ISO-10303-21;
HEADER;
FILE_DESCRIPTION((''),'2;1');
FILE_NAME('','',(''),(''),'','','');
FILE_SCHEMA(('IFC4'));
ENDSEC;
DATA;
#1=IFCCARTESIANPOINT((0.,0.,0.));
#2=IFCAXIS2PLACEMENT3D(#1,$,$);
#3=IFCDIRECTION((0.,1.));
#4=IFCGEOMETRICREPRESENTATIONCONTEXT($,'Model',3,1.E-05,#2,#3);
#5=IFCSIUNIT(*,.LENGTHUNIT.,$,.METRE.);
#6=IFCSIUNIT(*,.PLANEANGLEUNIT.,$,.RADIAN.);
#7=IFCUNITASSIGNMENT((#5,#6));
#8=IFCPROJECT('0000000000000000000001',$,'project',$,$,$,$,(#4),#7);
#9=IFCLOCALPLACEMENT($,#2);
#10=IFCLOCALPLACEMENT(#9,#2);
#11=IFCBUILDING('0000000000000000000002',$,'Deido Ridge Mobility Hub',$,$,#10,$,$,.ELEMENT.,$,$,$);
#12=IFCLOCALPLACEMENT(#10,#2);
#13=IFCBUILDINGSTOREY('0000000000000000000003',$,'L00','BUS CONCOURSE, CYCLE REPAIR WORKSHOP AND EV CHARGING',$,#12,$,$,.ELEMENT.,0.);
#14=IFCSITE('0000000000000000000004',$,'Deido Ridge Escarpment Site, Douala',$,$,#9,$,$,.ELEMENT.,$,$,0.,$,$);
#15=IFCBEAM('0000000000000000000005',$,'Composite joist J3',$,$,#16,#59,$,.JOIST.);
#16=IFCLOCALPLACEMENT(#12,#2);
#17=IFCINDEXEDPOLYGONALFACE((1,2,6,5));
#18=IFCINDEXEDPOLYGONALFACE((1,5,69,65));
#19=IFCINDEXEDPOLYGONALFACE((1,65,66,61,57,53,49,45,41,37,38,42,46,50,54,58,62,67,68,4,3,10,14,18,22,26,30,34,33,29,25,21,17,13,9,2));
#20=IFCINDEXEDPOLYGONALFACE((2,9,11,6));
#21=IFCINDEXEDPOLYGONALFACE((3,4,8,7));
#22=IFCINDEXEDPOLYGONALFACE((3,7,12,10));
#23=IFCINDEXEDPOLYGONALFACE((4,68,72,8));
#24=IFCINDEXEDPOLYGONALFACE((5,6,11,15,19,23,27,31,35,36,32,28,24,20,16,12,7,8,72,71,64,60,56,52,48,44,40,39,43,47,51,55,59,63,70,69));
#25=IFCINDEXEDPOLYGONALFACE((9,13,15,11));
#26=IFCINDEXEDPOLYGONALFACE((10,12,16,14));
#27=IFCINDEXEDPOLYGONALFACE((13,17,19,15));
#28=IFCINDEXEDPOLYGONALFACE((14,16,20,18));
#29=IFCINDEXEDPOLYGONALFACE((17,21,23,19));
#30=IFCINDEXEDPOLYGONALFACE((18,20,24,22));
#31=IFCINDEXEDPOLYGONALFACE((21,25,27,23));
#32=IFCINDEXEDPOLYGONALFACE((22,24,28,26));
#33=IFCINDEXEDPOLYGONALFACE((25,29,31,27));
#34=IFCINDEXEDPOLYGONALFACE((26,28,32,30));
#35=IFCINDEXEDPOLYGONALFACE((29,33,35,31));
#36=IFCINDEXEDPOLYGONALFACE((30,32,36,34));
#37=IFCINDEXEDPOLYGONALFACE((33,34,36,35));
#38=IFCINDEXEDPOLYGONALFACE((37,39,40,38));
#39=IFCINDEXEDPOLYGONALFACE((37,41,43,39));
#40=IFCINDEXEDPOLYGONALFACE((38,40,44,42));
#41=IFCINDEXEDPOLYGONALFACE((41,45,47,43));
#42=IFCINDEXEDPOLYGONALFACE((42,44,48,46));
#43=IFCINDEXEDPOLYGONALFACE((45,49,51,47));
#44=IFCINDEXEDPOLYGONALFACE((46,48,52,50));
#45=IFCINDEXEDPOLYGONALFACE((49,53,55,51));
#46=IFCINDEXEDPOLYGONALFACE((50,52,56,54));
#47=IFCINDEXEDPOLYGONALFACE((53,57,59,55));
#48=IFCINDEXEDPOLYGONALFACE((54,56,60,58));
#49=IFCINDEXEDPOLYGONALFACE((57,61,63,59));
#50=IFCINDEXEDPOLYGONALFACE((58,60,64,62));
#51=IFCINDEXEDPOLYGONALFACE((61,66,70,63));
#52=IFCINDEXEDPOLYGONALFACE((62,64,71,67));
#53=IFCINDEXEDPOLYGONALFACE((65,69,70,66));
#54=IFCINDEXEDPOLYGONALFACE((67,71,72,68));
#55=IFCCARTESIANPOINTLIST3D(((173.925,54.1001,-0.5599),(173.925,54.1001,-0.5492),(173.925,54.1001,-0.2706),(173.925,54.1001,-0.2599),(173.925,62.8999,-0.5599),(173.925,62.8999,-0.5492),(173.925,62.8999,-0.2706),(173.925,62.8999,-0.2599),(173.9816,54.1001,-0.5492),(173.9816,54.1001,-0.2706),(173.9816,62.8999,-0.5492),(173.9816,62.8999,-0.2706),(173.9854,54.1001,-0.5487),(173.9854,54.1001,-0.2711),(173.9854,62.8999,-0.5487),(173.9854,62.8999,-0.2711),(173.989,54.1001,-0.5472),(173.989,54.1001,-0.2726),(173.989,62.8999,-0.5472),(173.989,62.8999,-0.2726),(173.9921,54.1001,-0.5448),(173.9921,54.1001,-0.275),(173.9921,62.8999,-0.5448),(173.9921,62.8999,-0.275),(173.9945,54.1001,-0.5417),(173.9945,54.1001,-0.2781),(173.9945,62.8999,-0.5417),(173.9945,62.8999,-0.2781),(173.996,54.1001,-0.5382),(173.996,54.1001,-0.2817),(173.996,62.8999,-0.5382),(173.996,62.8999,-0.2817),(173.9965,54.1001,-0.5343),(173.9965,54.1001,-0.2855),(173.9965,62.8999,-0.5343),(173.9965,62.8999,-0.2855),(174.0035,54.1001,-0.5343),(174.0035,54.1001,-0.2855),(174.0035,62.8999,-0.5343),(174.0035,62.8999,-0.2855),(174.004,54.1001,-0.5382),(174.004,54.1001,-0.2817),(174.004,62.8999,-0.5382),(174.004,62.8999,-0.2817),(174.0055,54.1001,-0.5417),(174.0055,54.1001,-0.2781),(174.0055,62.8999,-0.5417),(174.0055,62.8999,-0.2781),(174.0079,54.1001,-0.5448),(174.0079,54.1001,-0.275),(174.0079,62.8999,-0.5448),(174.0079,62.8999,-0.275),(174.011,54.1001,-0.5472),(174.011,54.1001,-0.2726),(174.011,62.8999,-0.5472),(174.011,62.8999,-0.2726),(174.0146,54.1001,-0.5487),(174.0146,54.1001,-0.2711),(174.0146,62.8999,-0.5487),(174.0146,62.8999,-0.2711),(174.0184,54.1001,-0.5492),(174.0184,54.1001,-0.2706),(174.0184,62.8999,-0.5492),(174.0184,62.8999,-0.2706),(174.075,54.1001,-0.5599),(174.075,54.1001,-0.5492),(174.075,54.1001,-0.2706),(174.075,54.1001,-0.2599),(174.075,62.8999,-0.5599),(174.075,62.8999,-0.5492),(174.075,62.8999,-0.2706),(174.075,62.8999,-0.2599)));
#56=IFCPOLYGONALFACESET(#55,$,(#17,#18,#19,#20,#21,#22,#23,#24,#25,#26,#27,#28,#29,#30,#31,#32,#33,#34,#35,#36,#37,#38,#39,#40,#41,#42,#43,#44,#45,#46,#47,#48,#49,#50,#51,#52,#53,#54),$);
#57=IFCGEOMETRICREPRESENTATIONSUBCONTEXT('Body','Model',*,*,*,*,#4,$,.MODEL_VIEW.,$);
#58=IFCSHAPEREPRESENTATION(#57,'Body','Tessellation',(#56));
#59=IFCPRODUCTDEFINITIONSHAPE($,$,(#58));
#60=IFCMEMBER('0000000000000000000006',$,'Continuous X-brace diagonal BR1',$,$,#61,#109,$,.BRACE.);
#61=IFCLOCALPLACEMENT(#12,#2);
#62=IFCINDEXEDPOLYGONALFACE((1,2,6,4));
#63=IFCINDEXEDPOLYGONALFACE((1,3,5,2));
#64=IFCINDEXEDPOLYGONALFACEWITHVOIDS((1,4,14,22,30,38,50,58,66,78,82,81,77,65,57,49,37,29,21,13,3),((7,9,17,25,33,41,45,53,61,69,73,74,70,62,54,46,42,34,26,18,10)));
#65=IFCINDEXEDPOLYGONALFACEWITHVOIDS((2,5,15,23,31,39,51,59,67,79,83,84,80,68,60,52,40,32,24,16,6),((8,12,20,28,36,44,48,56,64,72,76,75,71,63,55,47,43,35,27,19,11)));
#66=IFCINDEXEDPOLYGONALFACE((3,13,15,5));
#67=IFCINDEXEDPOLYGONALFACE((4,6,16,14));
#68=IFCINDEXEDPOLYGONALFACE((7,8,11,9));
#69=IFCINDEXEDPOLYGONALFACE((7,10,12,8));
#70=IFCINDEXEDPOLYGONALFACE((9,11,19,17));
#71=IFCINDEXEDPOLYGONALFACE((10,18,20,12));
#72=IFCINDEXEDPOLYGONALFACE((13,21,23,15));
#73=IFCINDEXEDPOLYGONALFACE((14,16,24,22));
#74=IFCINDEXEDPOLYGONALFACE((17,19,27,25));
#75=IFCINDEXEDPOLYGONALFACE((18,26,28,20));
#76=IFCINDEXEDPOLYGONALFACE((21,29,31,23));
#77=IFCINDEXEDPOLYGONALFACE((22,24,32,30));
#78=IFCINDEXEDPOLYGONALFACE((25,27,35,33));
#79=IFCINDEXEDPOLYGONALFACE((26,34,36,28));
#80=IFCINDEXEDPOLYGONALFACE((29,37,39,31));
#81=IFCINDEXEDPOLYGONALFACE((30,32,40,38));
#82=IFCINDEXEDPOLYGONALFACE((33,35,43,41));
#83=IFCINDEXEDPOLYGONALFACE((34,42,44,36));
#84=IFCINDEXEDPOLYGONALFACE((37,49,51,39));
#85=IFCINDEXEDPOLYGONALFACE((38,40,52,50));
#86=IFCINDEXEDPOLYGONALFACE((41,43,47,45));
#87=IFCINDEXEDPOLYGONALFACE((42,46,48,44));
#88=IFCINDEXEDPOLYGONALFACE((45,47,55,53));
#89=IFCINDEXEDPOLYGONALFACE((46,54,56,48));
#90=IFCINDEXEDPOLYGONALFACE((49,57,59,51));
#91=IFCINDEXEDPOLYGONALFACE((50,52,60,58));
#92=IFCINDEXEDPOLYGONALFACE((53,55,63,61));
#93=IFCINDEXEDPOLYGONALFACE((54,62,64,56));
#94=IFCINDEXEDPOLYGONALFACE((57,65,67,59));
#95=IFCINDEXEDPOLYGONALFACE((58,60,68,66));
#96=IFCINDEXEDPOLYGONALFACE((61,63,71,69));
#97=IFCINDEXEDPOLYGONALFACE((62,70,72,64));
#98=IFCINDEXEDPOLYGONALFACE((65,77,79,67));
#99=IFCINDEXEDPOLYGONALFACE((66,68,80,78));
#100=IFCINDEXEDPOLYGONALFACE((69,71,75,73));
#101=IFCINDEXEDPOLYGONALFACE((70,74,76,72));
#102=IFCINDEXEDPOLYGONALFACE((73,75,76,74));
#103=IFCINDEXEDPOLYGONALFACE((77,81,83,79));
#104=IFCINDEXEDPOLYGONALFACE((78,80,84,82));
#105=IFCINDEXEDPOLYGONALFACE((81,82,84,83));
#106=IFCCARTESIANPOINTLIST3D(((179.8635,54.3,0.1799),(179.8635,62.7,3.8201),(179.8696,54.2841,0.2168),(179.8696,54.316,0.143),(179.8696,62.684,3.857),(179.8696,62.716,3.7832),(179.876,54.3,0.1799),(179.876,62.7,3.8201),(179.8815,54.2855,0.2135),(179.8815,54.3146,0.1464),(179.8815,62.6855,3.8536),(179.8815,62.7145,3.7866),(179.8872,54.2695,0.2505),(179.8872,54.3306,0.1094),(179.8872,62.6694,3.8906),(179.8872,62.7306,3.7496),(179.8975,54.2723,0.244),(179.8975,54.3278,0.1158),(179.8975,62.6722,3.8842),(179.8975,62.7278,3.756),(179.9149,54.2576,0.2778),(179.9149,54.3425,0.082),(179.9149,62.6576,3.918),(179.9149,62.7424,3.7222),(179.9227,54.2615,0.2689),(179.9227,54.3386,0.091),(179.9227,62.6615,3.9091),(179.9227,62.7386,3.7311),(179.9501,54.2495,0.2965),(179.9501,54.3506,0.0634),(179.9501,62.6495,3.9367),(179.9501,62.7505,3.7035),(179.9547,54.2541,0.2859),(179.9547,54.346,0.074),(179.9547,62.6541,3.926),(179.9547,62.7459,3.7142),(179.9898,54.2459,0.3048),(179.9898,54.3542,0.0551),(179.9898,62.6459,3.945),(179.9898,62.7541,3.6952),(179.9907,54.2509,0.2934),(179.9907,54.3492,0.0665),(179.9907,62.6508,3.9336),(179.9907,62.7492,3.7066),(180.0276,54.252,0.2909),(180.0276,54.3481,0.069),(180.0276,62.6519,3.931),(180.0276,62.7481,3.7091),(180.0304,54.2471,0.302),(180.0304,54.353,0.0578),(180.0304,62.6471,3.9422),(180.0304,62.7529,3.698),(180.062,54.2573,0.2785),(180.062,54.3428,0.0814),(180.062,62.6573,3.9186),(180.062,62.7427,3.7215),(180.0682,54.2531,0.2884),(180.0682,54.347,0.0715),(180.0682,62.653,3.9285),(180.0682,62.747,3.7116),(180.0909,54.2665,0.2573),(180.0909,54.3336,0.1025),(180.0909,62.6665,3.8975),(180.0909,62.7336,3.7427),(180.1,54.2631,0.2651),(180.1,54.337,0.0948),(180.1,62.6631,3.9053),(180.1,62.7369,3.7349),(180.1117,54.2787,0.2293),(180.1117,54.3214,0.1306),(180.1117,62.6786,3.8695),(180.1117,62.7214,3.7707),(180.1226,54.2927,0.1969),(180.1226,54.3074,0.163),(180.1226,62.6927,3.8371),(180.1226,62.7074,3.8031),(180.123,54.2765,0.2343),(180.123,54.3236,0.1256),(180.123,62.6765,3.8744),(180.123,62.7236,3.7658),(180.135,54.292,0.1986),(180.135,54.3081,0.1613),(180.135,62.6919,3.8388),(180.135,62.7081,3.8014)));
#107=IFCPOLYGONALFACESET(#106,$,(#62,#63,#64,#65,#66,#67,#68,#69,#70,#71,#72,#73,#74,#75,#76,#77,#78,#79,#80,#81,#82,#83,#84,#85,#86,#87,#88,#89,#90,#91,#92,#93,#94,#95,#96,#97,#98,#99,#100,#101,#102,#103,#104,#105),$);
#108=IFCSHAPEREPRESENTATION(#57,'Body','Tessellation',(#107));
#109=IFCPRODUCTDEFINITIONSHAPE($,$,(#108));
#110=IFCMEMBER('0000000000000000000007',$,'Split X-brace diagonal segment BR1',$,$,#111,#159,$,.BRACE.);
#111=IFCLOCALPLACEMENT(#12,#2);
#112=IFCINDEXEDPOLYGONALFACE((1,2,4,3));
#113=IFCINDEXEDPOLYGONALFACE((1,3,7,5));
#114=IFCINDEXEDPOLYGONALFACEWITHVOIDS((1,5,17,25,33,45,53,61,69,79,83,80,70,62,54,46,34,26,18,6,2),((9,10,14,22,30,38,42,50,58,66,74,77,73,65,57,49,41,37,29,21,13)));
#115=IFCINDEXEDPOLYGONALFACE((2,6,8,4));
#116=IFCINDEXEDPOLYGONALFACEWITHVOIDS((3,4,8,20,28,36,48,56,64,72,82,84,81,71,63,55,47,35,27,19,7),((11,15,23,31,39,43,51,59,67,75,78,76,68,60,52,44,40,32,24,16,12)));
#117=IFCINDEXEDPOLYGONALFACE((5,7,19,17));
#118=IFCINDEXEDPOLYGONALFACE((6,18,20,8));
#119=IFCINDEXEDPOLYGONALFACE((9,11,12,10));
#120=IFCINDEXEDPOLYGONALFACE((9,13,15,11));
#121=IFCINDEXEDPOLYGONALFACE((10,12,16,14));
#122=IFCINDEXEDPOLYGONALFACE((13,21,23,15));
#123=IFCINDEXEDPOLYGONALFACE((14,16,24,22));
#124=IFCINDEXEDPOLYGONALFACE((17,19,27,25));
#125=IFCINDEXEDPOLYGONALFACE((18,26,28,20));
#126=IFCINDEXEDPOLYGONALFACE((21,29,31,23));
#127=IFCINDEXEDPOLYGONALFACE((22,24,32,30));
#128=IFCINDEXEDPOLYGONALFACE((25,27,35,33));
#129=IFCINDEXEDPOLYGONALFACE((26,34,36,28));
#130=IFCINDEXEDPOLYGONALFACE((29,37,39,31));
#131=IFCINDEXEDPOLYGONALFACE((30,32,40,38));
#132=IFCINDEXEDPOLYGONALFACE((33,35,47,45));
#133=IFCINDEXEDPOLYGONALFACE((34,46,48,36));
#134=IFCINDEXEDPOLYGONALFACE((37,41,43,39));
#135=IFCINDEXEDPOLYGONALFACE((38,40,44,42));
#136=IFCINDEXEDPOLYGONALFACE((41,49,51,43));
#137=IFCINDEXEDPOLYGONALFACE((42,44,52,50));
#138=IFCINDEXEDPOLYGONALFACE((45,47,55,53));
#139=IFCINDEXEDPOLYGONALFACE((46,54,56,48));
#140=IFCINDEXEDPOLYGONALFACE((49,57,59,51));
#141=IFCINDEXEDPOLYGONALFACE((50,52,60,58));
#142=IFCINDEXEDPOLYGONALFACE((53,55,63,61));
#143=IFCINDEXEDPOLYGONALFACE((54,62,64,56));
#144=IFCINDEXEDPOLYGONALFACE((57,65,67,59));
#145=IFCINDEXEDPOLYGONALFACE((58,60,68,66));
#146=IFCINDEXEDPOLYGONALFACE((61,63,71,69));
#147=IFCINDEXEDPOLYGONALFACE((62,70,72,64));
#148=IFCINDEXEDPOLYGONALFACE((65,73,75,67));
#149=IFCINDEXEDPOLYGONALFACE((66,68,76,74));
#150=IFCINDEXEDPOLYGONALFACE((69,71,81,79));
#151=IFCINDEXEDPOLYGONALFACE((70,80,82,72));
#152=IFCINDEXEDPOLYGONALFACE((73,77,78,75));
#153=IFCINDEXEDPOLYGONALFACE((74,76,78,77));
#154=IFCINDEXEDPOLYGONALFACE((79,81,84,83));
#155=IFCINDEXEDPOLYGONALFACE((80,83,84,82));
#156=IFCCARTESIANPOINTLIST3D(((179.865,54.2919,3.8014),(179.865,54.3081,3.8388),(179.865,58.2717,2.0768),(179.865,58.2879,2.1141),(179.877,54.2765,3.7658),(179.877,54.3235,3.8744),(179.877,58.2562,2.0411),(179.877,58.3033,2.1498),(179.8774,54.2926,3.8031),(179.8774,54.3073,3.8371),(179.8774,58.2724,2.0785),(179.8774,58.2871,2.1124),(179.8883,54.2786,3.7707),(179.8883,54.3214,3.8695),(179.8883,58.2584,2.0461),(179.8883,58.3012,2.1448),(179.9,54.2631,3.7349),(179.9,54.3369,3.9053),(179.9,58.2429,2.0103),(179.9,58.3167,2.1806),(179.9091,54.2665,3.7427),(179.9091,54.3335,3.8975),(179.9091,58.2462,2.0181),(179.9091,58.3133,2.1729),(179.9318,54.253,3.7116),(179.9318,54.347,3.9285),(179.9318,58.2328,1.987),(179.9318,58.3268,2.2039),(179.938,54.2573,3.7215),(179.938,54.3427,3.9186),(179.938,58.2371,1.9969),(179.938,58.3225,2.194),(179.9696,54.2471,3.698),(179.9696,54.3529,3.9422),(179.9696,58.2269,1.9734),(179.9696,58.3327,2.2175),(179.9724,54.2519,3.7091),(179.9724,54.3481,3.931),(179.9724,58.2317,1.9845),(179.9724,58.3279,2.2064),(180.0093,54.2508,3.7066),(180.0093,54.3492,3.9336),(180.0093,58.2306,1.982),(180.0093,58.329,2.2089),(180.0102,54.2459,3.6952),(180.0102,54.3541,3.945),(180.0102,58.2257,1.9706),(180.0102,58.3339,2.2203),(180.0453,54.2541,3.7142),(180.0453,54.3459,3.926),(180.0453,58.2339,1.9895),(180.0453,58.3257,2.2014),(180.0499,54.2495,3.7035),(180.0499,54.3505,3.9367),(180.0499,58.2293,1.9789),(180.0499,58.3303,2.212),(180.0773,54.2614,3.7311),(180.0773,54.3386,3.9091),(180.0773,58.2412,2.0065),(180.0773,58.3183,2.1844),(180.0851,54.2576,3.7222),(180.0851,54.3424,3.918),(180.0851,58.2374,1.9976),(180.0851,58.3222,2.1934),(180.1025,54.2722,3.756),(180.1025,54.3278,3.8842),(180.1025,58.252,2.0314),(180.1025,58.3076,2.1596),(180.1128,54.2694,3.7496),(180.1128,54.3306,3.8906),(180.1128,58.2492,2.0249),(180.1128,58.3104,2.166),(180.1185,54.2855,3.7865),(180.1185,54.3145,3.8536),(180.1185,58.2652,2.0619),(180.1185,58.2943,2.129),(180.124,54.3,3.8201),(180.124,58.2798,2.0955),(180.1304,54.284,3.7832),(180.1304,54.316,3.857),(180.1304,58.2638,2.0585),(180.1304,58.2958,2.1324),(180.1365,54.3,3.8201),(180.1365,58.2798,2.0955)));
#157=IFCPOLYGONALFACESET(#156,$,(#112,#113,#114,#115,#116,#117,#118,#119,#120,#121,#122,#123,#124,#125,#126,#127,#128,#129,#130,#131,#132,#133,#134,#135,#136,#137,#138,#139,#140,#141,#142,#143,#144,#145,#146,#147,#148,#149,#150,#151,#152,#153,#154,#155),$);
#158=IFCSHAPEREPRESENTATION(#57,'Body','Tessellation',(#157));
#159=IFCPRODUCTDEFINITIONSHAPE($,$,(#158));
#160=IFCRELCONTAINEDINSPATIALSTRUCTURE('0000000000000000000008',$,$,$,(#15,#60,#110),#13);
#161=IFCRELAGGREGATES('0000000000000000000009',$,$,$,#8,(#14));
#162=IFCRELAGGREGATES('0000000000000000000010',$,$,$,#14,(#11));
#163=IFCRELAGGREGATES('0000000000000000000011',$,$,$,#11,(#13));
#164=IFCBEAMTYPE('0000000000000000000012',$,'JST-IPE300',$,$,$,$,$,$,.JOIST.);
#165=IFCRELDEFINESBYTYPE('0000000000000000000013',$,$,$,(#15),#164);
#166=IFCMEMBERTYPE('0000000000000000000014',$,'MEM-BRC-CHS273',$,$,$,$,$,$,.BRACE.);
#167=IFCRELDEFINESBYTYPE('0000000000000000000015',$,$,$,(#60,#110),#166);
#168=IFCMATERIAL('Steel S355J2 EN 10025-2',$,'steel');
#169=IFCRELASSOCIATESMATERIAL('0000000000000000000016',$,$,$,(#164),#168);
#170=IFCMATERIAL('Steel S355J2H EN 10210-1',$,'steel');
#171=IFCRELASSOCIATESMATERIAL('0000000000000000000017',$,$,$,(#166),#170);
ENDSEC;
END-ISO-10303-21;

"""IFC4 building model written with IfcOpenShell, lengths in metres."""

from ifc_helpers import new_model, si_unit, direction, frame, origin, origin_2d, place, context, subcontext, project, spatial, hollow_circle, i_section, extrude, material, material_profile, profile_set, type_object, element, save


model = new_model("IFC4")

# Units and contexts
model_context = context("Model", 3, precision=1e-05, world=origin(), true_north=direction((0.0, 1.0)))
body_context = subcontext(model_context, "Body", "Model", "MODEL_VIEW")
ifc_project = project(units=[si_unit("LENGTHUNIT", "METRE"), si_unit("PLANEANGLEUNIT", "RADIAN")], contexts=[model_context])

# Site, building, storey
site_placement = place(None, origin())
site = spatial("IfcSite", under=ifc_project, at=site_placement, Name="Deido Ridge Escarpment Site, Douala", CompositionType="ELEMENT", RefElevation=0.0)
building_placement = place(site_placement, origin())
building = spatial("IfcBuilding", under=site, at=building_placement, Name="Deido Ridge Mobility Hub", CompositionType="ELEMENT")
storey_placement = place(building_placement, origin())
storey = spatial("IfcBuildingStorey", under=building, at=storey_placement, Name="L00", Description="BUS CONCOURSE, CYCLE REPAIR WORKSHOP AND EV CHARGING", CompositionType="ELEMENT", Elevation=0.0)

# Shared definitions
ifc_material_1 = material(Name="Steel S355J2 EN 10025-2", Category="steel")

# Beam
ifc_material_profile_1 = material_profile(ifc_material_1, i_section(OverallWidth=0.1499, OverallDepth=0.3, WebThickness=0.0071, FlangeThickness=0.0107, FilletRadius=0.0149, at=origin_2d()), Name="IPE 300")
ifc_profile_set_1 = profile_set([ifc_material_profile_1], Name="Steel S355J2 EN 10025-2")
beam_type_1 = type_object("IfcBeamType", Name="JST-IPE300", PredefinedType="JOIST", material=ifc_profile_set_1)
beam_1_placement = place(storey_placement, frame((174.0, 54.1001, -0.4099), z_axis=(0.0, 1.0, 0.0), x_axis=(-1.0, 0.0, 0.0)))
element("IfcBeam", 1, at=beam_1_placement, inside=storey, type_object=beam_type_1, Name="Composite joist J3", PredefinedType="JOIST", context=body_context, shape_type="SweptSolid", body=[
    extrude(i_section(OverallWidth=0.1499, OverallDepth=0.3, WebThickness=0.0071, FlangeThickness=0.0107, FilletRadius=0.0149, at=origin_2d()), origin(), (0.0, 0.0, 1.0), 8.7998),
])

# Members
ifc_material_2 = material(Name="Steel S355J2H EN 10210-1", Category="steel")
ifc_material_profile_2 = material_profile(ifc_material_2, hollow_circle(Radius=0.1365, WallThickness=0.0125, at=origin_2d()), Name="CHS 273x12.5")
ifc_profile_set_2 = profile_set([ifc_material_profile_2], Name="Steel S355J2H EN 10210-1")
member_type = type_object("IfcMemberType", Name="MEM-BRC-CHS273", PredefinedType="BRACE", material=ifc_profile_set_2)
member_1_placement = place(storey_placement, frame((180.0, 54.3, 0.1799), z_axis=(0.0, 0.917548, 0.397624), x_axis=(-1.0, 0.0, 0.0)))
element("IfcMember", 2, at=member_1_placement, inside=storey, type_object=member_type, Name="Continuous X-brace diagonal BR1", PredefinedType="BRACE", context=body_context, shape_type="SweptSolid", body=[
    extrude(hollow_circle(Radius=0.1365, WallThickness=0.0125, at=origin_2d()), origin(), (0.0, 0.0, 1.0), 9.1548),
])
member_2_placement = place(storey_placement, frame((180.0, 58.2798, 2.0955), z_axis=(0.0, -0.917551, 0.397618), x_axis=(1.0, 0.0, 0.0)))
element("IfcMember", 3, at=member_2_placement, inside=storey, type_object=member_type, Name="Split X-brace diagonal segment BR1", PredefinedType="BRACE", context=body_context, shape_type="SweptSolid", body=[
    extrude(hollow_circle(Radius=0.1365, WallThickness=0.0125, at=origin_2d()), origin(), (0.0, 0.0, 1.0), 4.3374),
])

save(model, "model.ifc")
